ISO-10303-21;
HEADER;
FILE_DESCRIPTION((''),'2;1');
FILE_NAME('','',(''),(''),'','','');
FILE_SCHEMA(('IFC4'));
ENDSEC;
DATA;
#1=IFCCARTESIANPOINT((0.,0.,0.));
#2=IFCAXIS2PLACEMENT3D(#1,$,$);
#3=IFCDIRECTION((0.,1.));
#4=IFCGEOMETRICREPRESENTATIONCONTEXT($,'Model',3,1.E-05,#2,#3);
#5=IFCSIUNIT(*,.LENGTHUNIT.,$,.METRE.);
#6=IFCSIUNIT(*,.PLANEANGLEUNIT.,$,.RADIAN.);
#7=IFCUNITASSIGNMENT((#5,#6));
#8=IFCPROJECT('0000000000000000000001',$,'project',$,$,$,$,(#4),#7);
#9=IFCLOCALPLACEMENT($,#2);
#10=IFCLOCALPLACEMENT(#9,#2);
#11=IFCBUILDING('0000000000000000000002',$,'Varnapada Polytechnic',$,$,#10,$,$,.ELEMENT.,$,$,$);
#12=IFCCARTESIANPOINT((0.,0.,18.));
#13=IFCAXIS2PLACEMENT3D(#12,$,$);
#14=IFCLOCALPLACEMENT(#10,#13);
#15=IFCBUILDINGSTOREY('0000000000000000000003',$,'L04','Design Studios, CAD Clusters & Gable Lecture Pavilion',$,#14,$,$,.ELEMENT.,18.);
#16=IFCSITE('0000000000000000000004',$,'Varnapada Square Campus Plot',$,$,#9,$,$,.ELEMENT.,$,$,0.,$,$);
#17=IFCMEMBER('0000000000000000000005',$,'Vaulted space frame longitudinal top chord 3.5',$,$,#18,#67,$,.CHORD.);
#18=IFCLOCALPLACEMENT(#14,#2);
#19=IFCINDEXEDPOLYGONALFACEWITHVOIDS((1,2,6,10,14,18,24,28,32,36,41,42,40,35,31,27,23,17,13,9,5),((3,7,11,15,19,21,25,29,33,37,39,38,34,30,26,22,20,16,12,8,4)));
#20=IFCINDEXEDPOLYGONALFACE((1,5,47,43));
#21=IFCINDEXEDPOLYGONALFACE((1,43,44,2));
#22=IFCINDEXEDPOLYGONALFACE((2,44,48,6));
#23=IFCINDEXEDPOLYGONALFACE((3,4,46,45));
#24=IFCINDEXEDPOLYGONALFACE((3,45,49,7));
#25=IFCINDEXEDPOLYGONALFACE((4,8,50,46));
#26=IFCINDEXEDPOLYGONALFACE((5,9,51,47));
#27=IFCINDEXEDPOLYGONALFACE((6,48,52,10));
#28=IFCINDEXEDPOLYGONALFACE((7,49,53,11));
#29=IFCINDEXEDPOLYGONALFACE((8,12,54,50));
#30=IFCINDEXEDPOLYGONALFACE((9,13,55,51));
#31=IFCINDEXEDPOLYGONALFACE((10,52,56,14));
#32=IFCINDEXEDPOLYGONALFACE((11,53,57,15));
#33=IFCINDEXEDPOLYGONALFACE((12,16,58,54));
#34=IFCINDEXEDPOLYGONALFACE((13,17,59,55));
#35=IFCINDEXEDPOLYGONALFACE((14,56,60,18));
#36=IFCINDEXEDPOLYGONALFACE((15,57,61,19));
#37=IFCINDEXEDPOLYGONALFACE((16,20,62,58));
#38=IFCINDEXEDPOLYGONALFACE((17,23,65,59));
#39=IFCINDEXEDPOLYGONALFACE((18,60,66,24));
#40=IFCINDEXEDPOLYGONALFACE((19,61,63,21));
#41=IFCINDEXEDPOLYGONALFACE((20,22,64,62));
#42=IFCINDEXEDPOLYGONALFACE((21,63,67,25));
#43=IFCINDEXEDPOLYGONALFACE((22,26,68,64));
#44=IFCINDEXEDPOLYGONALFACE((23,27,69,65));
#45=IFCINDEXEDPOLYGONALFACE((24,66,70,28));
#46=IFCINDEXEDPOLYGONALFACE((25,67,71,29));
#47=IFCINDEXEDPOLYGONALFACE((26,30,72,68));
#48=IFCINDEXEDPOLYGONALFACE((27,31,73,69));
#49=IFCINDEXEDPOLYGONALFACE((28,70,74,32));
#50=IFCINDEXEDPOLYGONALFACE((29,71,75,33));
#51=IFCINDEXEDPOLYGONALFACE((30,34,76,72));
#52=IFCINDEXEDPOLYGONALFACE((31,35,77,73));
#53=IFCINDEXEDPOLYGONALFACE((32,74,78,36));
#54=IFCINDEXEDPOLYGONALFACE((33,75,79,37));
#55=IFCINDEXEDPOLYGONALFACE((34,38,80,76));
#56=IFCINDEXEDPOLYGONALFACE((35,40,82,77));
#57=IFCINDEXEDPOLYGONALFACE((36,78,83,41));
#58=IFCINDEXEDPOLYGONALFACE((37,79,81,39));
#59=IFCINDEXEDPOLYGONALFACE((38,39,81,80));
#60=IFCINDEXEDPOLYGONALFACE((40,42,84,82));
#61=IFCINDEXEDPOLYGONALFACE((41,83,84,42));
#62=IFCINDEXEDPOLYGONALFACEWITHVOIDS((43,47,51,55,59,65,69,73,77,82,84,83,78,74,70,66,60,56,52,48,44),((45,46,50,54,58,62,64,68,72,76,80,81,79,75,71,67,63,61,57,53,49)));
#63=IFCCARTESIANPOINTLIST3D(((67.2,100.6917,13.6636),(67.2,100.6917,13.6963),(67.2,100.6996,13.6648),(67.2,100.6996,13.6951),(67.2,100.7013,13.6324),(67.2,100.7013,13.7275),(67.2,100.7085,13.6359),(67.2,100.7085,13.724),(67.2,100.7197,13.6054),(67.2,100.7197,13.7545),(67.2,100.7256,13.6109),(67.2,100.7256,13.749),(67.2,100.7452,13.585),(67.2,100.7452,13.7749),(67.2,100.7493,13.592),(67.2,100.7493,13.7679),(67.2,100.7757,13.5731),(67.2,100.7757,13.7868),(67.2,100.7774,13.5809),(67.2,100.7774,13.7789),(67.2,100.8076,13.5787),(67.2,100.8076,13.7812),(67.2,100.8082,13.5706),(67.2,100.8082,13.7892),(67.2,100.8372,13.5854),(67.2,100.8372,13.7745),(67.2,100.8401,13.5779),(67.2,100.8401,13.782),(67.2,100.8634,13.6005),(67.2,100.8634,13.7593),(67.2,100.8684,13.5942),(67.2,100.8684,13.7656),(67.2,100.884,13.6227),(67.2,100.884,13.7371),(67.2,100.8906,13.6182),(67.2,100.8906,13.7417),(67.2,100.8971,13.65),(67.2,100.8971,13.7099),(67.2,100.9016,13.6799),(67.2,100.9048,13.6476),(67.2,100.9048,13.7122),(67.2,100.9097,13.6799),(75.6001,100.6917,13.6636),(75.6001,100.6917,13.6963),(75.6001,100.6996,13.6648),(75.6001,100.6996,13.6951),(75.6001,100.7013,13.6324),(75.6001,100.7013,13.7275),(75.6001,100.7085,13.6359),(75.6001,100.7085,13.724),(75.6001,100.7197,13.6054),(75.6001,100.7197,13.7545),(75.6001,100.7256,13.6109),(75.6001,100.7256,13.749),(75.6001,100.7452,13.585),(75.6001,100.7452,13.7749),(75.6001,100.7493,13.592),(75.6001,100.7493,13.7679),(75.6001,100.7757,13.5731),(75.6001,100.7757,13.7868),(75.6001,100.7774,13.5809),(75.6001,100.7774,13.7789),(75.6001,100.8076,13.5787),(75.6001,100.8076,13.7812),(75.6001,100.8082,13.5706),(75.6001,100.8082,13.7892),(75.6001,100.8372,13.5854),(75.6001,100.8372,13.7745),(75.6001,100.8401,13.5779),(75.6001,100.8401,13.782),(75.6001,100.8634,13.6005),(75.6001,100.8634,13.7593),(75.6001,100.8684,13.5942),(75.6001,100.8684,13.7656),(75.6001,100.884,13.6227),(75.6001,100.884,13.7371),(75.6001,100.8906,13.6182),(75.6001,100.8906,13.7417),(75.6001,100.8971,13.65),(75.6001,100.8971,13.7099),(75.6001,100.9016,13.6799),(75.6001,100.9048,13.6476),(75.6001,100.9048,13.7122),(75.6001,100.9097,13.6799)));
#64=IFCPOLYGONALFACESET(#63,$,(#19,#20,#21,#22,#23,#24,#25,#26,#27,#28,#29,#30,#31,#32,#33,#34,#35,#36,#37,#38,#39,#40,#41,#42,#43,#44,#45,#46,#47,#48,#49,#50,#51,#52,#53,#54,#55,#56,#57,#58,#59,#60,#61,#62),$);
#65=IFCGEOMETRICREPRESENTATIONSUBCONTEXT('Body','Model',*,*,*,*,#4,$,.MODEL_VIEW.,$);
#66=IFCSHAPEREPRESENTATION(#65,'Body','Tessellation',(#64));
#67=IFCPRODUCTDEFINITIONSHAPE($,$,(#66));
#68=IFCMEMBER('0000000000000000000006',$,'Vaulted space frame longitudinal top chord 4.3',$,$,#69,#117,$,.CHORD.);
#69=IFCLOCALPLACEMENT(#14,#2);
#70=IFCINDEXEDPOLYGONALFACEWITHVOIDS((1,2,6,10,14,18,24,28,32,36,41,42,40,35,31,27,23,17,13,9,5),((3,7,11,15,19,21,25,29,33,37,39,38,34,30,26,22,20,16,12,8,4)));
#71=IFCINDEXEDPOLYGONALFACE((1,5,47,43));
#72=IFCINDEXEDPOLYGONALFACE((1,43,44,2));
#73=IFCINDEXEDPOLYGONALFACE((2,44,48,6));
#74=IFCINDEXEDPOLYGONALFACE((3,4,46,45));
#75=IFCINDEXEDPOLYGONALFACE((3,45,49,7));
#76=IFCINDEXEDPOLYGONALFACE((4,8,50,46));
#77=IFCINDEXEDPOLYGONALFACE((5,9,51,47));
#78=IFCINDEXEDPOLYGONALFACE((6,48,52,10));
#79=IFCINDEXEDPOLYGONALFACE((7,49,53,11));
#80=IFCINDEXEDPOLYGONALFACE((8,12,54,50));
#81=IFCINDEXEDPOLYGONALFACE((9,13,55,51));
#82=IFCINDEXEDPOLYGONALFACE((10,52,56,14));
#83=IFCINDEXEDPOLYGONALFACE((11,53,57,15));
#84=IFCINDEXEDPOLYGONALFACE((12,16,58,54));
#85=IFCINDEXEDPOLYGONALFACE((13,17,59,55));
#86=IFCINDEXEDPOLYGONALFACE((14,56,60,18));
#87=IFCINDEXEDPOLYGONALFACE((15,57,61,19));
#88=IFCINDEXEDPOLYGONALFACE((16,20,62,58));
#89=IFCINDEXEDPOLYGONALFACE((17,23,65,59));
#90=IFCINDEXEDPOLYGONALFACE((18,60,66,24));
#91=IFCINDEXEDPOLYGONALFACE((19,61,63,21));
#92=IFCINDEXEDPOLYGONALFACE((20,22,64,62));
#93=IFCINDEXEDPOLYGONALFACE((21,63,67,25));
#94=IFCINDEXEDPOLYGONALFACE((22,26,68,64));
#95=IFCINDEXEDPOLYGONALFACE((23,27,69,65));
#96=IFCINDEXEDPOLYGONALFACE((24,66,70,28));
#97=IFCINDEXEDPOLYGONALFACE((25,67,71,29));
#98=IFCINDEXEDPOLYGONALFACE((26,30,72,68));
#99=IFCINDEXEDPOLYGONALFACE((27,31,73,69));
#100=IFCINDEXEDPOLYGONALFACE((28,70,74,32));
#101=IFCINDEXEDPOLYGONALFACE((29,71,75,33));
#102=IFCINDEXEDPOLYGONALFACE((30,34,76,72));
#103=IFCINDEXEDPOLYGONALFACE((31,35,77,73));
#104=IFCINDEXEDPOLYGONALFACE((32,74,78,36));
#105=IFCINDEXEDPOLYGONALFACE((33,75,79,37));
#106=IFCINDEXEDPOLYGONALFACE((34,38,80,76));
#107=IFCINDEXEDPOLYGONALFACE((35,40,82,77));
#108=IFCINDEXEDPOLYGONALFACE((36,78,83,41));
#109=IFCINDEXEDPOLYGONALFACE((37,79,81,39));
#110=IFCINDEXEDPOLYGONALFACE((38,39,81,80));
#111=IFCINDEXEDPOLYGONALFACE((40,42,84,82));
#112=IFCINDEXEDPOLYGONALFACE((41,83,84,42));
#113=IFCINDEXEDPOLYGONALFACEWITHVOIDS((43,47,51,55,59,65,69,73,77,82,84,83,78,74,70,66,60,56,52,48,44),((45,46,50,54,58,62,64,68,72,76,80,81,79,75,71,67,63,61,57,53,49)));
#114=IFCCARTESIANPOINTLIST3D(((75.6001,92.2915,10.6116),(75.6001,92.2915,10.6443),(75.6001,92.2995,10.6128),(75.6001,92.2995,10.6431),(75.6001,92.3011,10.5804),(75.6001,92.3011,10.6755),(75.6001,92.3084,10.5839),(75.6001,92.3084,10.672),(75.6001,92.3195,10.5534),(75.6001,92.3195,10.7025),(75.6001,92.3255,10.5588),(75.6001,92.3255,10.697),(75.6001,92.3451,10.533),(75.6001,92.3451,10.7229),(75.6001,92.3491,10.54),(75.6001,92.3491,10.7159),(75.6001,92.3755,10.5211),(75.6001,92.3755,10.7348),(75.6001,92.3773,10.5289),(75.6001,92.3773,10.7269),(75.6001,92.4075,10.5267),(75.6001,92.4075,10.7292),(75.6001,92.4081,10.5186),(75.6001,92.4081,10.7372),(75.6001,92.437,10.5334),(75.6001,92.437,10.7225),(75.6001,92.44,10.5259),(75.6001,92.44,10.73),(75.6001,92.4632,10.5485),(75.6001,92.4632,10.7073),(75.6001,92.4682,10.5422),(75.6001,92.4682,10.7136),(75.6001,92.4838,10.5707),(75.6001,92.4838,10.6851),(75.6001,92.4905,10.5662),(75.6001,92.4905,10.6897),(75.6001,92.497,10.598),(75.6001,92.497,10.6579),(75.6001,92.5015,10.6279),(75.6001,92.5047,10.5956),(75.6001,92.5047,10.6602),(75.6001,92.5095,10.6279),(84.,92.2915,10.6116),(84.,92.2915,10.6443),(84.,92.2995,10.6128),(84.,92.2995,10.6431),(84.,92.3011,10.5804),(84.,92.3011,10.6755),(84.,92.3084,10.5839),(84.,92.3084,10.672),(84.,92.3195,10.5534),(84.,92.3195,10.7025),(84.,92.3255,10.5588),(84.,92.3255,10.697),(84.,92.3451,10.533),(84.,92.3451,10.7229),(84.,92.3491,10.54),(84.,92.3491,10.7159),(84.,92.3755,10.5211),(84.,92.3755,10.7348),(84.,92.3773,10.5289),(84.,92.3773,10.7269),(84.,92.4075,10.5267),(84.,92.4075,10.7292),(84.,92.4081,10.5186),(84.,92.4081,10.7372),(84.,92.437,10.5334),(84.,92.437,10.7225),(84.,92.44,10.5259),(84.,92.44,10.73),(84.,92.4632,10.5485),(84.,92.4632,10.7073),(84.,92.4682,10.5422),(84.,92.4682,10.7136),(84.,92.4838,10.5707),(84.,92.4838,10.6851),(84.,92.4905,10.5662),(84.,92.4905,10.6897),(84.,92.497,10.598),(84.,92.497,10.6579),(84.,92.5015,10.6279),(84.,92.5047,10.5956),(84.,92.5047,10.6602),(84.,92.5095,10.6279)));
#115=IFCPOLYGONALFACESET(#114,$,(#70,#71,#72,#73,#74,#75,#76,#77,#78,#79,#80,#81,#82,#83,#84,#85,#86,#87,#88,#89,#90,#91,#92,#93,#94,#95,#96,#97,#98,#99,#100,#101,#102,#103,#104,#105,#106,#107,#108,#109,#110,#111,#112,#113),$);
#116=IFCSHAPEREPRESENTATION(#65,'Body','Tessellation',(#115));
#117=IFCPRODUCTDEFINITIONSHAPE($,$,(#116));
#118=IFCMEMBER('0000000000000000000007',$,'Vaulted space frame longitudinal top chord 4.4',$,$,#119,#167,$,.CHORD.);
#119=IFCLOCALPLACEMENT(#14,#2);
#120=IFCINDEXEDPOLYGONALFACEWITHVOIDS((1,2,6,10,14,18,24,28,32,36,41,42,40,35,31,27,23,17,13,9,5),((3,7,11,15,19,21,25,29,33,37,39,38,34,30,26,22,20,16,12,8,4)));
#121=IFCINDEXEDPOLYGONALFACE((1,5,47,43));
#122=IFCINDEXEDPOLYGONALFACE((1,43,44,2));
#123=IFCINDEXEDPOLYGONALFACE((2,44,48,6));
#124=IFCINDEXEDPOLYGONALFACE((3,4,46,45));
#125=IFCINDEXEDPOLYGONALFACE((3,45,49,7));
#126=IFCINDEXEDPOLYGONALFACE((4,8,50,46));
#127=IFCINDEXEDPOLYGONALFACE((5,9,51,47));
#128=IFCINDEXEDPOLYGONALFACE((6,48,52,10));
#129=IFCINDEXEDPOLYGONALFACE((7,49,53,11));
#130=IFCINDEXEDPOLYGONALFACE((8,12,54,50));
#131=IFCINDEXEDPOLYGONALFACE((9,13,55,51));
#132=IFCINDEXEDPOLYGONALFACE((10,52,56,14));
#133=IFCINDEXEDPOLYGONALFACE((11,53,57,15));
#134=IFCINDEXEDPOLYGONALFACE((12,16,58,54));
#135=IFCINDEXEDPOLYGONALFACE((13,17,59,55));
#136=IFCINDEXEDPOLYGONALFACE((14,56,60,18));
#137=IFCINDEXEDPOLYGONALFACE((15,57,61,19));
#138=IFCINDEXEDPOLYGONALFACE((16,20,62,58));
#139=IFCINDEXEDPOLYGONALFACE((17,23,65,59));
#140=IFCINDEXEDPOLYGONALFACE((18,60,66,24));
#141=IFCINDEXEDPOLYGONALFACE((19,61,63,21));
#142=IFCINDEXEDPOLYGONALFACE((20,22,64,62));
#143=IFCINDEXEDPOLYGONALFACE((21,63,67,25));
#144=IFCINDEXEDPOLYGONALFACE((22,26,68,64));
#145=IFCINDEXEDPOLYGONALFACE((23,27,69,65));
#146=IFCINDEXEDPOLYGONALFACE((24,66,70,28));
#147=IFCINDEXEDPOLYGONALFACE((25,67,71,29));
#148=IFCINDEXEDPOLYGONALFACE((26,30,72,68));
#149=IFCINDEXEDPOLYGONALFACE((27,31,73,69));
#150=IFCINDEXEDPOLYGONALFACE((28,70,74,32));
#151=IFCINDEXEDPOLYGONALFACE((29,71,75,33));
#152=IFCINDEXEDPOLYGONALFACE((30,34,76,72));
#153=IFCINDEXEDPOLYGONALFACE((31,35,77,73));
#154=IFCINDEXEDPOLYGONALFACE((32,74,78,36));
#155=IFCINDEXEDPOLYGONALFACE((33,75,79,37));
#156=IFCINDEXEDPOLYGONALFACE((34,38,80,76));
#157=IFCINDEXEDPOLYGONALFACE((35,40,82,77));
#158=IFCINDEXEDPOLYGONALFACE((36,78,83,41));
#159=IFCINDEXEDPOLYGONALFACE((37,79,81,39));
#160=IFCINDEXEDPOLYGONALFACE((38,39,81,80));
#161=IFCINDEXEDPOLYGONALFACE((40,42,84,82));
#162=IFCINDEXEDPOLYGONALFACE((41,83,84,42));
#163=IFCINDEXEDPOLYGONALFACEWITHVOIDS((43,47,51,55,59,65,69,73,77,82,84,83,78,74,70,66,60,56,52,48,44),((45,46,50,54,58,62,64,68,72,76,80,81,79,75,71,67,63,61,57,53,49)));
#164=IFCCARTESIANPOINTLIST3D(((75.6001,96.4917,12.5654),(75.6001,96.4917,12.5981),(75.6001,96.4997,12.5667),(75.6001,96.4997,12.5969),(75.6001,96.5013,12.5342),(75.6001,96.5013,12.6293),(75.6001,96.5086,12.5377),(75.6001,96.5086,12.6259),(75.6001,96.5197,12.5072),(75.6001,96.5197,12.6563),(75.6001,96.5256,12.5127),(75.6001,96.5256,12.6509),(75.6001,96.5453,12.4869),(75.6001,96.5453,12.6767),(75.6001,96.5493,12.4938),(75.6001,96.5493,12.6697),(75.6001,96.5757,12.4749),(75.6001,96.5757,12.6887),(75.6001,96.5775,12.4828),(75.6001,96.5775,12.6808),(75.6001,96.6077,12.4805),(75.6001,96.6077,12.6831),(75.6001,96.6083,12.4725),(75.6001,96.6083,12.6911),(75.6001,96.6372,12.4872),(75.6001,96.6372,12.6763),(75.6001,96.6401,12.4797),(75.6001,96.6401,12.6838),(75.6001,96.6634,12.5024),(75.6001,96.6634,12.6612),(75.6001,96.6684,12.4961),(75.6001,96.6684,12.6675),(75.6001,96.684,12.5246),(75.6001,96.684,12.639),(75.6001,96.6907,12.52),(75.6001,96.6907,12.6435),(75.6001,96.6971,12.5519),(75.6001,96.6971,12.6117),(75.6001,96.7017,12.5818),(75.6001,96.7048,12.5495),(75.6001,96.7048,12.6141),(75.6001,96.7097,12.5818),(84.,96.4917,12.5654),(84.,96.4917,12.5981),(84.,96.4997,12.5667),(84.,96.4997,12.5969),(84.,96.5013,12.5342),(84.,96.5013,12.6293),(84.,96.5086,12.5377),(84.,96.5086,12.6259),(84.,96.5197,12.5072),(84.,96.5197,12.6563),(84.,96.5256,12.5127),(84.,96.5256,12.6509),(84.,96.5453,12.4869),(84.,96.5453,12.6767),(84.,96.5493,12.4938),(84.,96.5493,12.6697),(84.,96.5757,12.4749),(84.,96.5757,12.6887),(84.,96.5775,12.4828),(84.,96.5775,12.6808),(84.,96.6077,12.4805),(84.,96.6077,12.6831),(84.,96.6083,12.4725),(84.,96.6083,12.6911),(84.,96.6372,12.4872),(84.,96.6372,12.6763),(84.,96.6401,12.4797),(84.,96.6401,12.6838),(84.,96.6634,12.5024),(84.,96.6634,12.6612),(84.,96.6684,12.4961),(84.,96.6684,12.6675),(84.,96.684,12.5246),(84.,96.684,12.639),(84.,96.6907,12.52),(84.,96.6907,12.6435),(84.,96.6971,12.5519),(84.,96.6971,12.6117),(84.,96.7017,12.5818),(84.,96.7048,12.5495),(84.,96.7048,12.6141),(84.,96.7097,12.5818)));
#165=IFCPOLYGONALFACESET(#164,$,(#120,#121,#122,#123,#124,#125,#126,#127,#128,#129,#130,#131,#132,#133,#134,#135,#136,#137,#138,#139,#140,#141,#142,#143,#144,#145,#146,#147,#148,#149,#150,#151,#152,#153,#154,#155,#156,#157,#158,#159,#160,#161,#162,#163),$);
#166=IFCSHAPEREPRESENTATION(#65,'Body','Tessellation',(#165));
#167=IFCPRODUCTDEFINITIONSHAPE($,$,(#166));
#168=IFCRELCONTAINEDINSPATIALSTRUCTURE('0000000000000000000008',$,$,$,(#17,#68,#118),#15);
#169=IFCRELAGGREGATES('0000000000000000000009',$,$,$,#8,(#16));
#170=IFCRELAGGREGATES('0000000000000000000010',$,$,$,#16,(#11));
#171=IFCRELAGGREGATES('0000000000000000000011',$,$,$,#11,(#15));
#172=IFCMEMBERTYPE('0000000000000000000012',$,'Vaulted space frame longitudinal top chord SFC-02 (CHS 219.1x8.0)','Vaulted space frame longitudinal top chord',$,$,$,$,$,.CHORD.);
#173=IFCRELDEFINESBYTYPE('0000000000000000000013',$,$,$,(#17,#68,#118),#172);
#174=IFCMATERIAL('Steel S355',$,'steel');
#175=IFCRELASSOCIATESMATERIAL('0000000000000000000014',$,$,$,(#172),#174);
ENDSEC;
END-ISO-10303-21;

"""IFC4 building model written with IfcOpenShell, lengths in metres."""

from ifc_helpers import new_model, si_unit, direction, frame, origin, origin_2d, place, context, subcontext, project, spatial, hollow_circle, extrude, material, material_profile, profile_set, type_object, element, save


model = new_model("IFC4")

# Units and contexts
model_context = context("Model", 3, precision=1e-05, world=origin(), true_north=direction((0.0, 1.0)))
body_context = subcontext(model_context, "Body", "Model", "MODEL_VIEW")
ifc_project = project(units=[si_unit("LENGTHUNIT", "METRE"), si_unit("PLANEANGLEUNIT", "RADIAN")], contexts=[model_context])

# Site, building, storey
site_placement = place(None, origin())
site = spatial("IfcSite", under=ifc_project, at=site_placement, Name="Varnapada Square Campus Plot", CompositionType="ELEMENT", RefElevation=0.0)
building_placement = place(site_placement, origin())
building = spatial("IfcBuilding", under=site, at=building_placement, Name="Varnapada Polytechnic", CompositionType="ELEMENT")
storey_placement = place(building_placement, frame((0.0, 0.0, 18.0)))
storey = spatial("IfcBuildingStorey", under=building, at=storey_placement, Name="L04", Description="Design Studios, CAD Clusters & Gable Lecture Pavilion", CompositionType="ELEMENT", Elevation=18.0)

# Members
ifc_material = material(Name="Steel S355", Category="steel")
ifc_material_profile_1 = material_profile(ifc_material, hollow_circle(Radius=0.1096, WallThickness=0.0081, at=origin_2d()), Name="CHS 219.1x8.0")
ifc_profile_set_1 = profile_set([ifc_material_profile_1], Name="Steel S355")
member_type_1 = type_object("IfcMemberType", Name="Vaulted space frame longitudinal top chord SFC-02 (CHS 219.1x8.0)", Description="Vaulted space frame longitudinal top chord", PredefinedType="CHORD", material=ifc_profile_set_1)
member_1_placement = place(storey_placement, frame((67.2, 100.8, 13.6799), z_axis=(1.0, 0.0, 0.0), x_axis=(0.0, 1.0, 0.0)))
element("IfcMember", 1, at=member_1_placement, inside=storey, type_object=member_type_1, Name="Vaulted space frame longitudinal top chord 3.5", PredefinedType="CHORD", context=body_context, shape_type="SweptSolid", body=[
    extrude(hollow_circle(Radius=0.1096, WallThickness=0.0081, at=origin_2d()), origin(), (0.0, 0.0, 1.0), 8.4001),
])
for number, where, z_axis, x_axis, name in (
    (2, (75.6001, 92.3999, 10.6279), (1.0, 0.0, 0.0), (0.0, 1.0, 0.0), "Vaulted space frame longitudinal top chord 4.3"),
    (3, (75.6001, 96.6001, 12.5818), (1.0, 0.0, 0.0), (0.0, 1.0, 0.0), "Vaulted space frame longitudinal top chord 4.4"),
):
    element("IfcMember", number, at=place(storey_placement, frame(where, z_axis=z_axis, x_axis=x_axis)), inside=storey, type_object=member_type_1, Name=name, PredefinedType="CHORD", context=body_context, shape_type="SweptSolid", body=[
        extrude(hollow_circle(Radius=0.1096, WallThickness=0.0081, at=origin_2d()), origin(), (0.0, 0.0, 1.0), 8.3999),
    ])

save(model, "model.ifc")
